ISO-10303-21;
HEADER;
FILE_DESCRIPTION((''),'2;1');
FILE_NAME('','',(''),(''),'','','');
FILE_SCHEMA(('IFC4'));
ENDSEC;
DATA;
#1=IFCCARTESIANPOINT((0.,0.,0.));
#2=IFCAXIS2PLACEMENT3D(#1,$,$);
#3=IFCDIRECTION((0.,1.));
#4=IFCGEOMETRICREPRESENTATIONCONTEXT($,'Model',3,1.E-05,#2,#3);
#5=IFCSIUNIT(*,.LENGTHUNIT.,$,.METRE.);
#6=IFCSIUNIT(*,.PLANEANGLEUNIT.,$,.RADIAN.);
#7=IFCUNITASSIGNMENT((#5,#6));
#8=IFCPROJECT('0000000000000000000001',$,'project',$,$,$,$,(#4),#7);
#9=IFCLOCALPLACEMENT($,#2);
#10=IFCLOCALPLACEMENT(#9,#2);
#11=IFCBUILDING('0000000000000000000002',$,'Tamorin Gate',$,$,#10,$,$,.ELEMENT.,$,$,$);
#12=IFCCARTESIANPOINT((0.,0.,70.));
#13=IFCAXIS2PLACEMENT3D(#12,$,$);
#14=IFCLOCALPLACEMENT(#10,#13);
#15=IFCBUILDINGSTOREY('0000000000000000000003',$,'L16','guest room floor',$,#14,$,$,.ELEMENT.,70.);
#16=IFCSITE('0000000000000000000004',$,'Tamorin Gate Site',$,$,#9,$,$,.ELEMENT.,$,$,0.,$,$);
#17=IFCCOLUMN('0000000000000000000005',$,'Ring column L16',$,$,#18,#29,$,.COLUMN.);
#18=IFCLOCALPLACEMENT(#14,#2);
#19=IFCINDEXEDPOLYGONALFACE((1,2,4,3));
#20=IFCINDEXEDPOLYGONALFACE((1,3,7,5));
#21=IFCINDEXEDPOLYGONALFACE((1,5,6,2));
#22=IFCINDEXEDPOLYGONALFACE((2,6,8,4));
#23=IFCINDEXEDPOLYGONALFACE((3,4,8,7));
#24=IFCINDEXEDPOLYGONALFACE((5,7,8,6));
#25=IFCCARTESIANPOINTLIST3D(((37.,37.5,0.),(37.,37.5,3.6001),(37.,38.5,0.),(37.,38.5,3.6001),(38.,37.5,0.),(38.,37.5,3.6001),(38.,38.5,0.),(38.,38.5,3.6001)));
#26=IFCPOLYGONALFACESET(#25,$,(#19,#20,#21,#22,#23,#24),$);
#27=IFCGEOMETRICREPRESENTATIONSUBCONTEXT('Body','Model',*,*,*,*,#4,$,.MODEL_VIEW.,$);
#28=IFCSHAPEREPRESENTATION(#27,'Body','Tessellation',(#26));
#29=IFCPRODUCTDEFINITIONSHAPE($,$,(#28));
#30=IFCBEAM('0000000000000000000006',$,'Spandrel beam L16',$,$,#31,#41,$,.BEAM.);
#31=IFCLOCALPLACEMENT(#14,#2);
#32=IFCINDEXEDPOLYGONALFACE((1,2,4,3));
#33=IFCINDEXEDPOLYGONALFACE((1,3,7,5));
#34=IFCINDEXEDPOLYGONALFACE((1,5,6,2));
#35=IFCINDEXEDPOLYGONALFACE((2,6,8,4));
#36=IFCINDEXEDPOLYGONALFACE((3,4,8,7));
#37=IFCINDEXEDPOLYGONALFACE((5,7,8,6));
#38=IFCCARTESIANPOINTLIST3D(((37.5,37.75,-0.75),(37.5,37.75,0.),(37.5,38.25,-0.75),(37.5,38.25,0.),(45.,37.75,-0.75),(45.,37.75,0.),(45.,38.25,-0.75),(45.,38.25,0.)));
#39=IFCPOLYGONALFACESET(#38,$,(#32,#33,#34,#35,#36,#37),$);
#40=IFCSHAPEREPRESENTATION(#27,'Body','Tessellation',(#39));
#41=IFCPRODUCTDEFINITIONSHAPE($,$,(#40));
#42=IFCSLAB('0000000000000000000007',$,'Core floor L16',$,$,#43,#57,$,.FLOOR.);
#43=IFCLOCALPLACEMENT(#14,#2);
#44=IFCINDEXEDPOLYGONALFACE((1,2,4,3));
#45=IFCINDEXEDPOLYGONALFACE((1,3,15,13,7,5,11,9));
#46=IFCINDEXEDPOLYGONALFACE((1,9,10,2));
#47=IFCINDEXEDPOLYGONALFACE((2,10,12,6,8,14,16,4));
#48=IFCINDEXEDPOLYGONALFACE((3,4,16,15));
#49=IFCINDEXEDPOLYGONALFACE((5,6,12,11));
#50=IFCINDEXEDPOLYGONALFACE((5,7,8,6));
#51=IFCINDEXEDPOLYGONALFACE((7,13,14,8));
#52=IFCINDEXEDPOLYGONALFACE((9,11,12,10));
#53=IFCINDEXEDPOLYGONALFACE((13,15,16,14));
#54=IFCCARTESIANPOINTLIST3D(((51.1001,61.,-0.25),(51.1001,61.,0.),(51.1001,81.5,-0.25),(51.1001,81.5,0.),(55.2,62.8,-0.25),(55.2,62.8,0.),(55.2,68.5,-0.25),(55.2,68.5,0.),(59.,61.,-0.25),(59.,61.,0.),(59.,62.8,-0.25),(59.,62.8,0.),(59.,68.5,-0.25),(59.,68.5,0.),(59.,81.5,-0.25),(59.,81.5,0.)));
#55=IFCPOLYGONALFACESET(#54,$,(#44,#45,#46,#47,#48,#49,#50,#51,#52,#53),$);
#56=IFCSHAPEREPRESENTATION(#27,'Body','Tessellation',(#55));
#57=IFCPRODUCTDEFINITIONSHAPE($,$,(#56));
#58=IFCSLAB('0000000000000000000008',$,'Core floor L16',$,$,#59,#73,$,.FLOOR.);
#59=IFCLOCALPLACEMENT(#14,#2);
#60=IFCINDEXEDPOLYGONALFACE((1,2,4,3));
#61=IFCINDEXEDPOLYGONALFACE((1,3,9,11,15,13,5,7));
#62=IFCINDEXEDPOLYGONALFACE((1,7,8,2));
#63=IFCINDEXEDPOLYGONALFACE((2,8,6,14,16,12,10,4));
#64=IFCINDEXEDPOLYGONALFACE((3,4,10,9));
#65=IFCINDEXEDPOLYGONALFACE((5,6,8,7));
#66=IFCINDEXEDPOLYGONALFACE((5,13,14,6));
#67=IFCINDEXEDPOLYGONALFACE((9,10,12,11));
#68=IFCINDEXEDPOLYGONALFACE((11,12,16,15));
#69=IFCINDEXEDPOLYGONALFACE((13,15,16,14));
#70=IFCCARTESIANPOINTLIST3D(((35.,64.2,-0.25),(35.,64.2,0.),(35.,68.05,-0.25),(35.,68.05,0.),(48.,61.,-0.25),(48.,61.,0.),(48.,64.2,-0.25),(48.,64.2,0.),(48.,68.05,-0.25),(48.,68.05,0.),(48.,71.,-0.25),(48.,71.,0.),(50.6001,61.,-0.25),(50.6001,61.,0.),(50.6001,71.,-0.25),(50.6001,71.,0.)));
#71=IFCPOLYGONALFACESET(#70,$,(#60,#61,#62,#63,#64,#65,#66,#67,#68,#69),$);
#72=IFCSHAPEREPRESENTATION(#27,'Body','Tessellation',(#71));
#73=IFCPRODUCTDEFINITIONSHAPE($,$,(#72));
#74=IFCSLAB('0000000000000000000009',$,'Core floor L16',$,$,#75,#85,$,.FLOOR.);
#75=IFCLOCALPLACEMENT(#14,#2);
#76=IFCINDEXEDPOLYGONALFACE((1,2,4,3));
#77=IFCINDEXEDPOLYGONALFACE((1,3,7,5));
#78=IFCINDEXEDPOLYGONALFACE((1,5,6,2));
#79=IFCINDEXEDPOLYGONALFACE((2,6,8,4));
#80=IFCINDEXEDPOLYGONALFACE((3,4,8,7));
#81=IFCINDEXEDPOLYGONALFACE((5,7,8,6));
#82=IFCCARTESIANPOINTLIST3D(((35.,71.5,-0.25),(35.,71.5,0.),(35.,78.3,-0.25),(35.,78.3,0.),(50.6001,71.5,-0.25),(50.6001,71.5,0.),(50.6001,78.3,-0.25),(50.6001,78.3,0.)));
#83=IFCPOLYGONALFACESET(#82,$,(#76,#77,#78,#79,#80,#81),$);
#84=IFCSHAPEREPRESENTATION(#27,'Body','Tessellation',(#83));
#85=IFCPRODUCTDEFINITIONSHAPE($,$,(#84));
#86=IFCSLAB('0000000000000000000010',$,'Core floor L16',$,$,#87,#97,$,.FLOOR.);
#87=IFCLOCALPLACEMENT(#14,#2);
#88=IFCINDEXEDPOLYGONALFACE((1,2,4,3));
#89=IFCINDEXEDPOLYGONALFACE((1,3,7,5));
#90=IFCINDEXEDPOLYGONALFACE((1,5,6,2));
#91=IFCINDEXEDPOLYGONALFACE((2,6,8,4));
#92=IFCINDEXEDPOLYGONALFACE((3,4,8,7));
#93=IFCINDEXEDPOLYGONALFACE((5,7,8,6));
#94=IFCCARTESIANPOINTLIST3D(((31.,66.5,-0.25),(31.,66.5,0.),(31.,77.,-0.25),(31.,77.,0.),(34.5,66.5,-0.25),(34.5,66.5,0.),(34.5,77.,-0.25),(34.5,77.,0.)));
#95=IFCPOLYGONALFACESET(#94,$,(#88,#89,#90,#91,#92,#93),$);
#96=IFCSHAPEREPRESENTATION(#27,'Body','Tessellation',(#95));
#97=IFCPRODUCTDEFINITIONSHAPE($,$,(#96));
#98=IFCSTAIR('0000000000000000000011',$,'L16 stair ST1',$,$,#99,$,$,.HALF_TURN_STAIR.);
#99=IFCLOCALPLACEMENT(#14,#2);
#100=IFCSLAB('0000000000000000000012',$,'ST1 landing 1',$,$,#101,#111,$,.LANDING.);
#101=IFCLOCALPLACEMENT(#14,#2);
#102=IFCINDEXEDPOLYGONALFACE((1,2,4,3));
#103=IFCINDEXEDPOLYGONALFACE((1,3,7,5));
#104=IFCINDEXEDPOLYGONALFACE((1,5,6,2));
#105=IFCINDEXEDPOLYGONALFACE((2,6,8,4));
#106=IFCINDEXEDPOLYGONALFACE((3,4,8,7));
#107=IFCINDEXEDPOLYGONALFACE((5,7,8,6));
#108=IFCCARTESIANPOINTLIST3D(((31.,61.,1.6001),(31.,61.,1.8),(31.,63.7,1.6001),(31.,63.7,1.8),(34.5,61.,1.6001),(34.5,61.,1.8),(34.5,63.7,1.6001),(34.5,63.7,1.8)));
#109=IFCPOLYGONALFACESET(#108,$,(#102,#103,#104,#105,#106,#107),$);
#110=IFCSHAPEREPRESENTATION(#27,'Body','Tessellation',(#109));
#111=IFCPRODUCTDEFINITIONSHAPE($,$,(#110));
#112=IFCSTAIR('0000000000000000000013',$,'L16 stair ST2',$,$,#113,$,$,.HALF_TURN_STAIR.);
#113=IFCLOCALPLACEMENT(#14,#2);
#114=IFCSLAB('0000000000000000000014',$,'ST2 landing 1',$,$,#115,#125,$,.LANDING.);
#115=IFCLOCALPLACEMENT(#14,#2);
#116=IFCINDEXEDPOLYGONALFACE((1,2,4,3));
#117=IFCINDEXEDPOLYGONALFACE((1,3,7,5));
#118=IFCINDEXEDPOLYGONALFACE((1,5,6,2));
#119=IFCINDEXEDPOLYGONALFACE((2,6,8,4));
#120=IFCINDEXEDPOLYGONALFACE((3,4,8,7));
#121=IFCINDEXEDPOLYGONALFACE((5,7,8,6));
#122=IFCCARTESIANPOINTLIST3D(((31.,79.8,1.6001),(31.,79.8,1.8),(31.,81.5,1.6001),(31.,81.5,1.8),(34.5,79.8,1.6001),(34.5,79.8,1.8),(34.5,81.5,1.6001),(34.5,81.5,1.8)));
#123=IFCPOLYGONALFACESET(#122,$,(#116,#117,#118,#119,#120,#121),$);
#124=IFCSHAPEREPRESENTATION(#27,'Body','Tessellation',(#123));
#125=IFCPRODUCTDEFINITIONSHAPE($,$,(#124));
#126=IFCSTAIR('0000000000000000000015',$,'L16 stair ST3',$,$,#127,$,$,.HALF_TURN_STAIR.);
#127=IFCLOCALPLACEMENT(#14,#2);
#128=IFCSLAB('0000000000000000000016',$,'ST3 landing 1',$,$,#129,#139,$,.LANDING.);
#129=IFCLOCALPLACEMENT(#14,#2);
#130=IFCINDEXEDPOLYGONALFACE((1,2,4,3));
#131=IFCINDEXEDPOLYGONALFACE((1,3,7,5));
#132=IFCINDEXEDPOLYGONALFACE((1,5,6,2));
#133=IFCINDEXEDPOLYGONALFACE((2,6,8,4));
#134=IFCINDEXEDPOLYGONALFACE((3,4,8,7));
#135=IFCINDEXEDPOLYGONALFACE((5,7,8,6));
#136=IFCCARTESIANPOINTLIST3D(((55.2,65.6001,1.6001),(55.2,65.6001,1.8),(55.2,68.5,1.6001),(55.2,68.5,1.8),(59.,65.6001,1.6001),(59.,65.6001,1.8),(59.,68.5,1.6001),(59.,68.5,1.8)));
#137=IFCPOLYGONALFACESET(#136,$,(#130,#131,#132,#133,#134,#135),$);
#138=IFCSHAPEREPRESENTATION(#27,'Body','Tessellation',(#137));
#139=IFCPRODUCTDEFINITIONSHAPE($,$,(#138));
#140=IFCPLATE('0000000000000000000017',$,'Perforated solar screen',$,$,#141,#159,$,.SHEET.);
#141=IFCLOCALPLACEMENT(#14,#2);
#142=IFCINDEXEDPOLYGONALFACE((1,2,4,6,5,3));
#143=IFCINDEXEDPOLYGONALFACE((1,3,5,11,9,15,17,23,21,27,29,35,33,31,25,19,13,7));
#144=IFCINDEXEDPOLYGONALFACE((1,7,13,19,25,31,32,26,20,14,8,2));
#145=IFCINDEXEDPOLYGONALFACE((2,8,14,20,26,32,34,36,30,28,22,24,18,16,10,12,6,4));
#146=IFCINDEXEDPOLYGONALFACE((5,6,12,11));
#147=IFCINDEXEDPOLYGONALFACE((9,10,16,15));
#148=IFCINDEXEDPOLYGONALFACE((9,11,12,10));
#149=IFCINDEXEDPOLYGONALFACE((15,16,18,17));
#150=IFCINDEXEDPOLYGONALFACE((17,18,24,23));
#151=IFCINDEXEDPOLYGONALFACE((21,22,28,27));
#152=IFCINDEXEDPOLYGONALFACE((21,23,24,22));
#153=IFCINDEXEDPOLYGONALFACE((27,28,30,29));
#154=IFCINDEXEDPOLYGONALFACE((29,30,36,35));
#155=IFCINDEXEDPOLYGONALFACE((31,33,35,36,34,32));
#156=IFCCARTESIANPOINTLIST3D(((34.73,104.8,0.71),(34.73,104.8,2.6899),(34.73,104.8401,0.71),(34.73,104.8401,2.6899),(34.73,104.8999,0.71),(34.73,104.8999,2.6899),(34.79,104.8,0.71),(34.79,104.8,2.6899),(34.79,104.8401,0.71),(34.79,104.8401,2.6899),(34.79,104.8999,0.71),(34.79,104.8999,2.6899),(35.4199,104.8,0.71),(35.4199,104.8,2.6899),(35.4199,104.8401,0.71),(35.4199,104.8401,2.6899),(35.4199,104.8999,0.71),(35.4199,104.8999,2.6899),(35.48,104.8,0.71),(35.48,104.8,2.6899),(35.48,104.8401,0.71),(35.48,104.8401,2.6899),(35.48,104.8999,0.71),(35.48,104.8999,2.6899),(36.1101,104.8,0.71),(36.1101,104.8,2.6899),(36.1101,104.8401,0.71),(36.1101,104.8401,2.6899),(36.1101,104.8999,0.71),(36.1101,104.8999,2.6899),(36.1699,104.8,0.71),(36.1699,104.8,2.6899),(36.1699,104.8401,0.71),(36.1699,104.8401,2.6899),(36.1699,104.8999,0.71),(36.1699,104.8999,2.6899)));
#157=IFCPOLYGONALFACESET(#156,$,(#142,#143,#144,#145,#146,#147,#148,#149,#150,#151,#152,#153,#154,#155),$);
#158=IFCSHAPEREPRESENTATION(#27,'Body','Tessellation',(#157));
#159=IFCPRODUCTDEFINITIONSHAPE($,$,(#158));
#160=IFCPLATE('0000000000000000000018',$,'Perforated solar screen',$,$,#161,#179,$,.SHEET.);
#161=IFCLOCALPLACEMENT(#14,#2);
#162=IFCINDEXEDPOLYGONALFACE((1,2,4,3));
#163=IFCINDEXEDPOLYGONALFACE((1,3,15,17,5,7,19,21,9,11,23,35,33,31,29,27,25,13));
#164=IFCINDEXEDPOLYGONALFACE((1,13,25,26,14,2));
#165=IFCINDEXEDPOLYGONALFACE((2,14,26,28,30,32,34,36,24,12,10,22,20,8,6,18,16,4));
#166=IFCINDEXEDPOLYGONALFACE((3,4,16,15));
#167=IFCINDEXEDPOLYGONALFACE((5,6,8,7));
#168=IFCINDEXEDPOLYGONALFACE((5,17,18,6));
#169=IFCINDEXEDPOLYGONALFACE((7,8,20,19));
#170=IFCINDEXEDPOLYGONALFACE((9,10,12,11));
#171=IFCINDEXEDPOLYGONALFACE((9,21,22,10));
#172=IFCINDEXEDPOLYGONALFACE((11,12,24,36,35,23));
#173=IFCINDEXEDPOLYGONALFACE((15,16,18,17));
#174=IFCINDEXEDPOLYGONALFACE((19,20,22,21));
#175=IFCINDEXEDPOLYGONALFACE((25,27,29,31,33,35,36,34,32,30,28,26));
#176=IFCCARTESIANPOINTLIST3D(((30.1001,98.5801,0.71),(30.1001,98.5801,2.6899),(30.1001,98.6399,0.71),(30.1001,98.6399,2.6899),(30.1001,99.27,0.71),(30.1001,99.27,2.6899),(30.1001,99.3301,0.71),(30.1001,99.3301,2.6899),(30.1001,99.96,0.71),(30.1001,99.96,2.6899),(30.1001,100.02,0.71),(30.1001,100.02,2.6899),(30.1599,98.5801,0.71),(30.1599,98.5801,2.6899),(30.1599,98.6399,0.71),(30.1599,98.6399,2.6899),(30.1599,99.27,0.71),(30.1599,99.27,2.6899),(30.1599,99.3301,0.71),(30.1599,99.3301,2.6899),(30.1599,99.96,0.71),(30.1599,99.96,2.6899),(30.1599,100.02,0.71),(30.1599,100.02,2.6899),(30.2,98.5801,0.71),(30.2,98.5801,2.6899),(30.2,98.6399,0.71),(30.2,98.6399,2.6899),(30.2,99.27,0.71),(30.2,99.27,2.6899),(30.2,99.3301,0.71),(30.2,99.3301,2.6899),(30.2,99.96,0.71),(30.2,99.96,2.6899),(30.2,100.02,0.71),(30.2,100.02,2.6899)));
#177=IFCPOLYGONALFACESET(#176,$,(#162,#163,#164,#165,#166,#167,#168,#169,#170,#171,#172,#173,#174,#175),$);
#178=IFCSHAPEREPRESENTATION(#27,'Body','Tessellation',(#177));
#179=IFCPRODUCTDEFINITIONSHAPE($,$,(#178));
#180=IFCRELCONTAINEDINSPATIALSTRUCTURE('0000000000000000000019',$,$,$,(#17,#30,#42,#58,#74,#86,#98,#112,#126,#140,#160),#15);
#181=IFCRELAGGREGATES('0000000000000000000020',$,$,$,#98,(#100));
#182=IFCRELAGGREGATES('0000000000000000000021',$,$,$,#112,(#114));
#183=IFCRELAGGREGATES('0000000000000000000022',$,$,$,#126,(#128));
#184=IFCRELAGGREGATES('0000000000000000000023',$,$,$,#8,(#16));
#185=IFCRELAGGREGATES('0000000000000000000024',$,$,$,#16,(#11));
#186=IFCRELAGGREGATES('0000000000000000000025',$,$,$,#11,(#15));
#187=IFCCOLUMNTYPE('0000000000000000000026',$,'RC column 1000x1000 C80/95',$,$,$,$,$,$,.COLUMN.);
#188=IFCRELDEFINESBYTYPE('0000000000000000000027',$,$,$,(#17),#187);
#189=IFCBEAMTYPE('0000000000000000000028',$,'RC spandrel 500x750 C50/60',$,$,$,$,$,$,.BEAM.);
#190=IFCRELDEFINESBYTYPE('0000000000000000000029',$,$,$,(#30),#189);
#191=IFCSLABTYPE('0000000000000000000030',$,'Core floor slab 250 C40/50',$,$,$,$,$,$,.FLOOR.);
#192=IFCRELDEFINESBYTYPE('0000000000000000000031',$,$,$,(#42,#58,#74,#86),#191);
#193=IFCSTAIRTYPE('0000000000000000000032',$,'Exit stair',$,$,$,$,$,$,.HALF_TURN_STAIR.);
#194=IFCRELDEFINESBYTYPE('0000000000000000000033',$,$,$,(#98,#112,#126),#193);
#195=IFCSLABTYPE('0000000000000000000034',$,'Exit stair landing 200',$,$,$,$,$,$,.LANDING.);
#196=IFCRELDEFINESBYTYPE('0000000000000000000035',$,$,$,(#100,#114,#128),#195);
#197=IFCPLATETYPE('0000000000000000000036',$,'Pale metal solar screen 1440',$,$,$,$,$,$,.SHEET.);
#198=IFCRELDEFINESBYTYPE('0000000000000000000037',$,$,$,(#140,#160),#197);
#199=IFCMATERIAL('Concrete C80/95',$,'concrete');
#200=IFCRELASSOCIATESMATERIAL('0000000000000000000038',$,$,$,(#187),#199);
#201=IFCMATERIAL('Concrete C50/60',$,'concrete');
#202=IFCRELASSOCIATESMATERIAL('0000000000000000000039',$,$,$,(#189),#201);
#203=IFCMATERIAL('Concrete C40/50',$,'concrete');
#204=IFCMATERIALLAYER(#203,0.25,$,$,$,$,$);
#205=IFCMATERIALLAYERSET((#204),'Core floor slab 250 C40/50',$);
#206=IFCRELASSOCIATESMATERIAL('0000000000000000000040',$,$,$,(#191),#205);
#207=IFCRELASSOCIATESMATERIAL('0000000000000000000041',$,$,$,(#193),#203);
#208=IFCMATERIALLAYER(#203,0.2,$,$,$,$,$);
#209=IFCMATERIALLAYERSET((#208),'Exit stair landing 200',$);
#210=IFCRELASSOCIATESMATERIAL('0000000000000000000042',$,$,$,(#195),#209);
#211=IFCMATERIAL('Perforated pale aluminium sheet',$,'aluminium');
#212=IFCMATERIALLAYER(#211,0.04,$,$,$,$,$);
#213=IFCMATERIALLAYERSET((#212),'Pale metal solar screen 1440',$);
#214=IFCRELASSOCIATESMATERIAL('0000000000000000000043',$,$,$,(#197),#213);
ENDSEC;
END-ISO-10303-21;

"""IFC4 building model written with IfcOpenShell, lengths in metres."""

from ifc_helpers import new_model, si_unit, direction, frame, origin, origin_2d, place, context, subcontext, project, spatial, polyline, rectangle, outline, extrude, material, layer, layer_set, material_profile, profile_set, type_object, element, aggregate, save


model = new_model("IFC4")

# Units and contexts
model_context = context("Model", 3, precision=1e-05, world=origin(), true_north=direction((0.0, 1.0)))
body_context = subcontext(model_context, "Body", "Model", "MODEL_VIEW")
ifc_project = project(units=[si_unit("LENGTHUNIT", "METRE"), si_unit("PLANEANGLEUNIT", "RADIAN")], contexts=[model_context])

# Site, building, storey
site_placement = place(None, origin())
site = spatial("IfcSite", under=ifc_project, at=site_placement, Name="Tamorin Gate Site", CompositionType="ELEMENT", RefElevation=0.0)
building_placement = place(site_placement, origin())
building = spatial("IfcBuilding", under=site, at=building_placement, Name="Tamorin Gate", CompositionType="ELEMENT")
storey_placement = place(building_placement, frame((0.0, 0.0, 70.0)))
storey = spatial("IfcBuildingStorey", under=building, at=storey_placement, Name="L16", Description="guest room floor", CompositionType="ELEMENT", Elevation=70.0)

# Column
ifc_material_1 = material(Name="Concrete C80/95", Category="concrete")
ifc_material_profile_1 = material_profile(ifc_material_1, rectangle(XDim=1.0, YDim=1.0, at=origin_2d()), Name="RC 1000x1000")
ifc_profile_set_1 = profile_set([ifc_material_profile_1], Name="Concrete C80/95")
column_type = type_object("IfcColumnType", Name="RC column 1000x1000 C80/95", PredefinedType="COLUMN", material=ifc_profile_set_1)
column_placement = place(storey_placement, frame((37.5, 38.0, 0.0), z_axis=(0.0, 0.0, 1.0), x_axis=(1.0, 0.0, 0.0)))
element("IfcColumn", 1, at=column_placement, inside=storey, type_object=column_type, Name="Ring column L16", PredefinedType="COLUMN", context=body_context, shape_type="SweptSolid", body=[
    extrude(rectangle(XDim=1.0, YDim=1.0, at=origin_2d()), origin(), (0.0, 0.0, 1.0), 3.6001),
])

# Beam
ifc_material_2 = material(Name="Concrete C50/60", Category="concrete")
ifc_material_profile_2 = material_profile(ifc_material_2, rectangle(XDim=0.5, YDim=0.75, at=origin_2d()), Name="RC 500x750")
ifc_profile_set_2 = profile_set([ifc_material_profile_2], Name="Concrete C50/60")
beam_type = type_object("IfcBeamType", Name="RC spandrel 500x750 C50/60", PredefinedType="BEAM", material=ifc_profile_set_2)
beam_placement = place(storey_placement, frame((37.5, 38.0, -0.375), z_axis=(1.0, 0.0, 0.0), x_axis=(0.0, 1.0, 0.0)))
element("IfcBeam", 2, at=beam_placement, inside=storey, type_object=beam_type, Name="Spandrel beam L16", PredefinedType="BEAM", context=body_context, shape_type="SweptSolid", body=[
    extrude(rectangle(XDim=0.5, YDim=0.75, at=origin_2d()), origin(), (0.0, 0.0, 1.0), 7.5),
])

# Slabs
ifc_material_3 = material(Name="Concrete C40/50", Category="concrete")
ifc_layer_1 = layer(ifc_material_3, 0.25)
ifc_layer_set_1 = layer_set([ifc_layer_1], Name="Core floor slab 250 C40/50")
slab_type_1 = type_object("IfcSlabType", Name="Core floor slab 250 C40/50", PredefinedType="FLOOR", material=ifc_layer_set_1)
slab_1_placement = place(storey_placement, frame((0.0, 0.0, -0.25)))
element("IfcSlab", 3, at=slab_1_placement, inside=storey, type_object=slab_type_1, Name="Core floor L16", PredefinedType="FLOOR", context=body_context, shape_type="SweptSolid", body=[
    extrude(outline(polyline([(59.0, 62.8), (59.0, 61.0), (51.1001, 61.0), (51.1001, 81.5), (59.0, 81.5), (59.0, 68.5), (55.2, 68.5), (55.2, 62.8), (59.0, 62.8)])), origin(), (0.0, 0.0, 1.0), 0.25),
])
slab_2_placement = place(storey_placement, frame((0.0, 0.0, -0.25)))
element("IfcSlab", 4, at=slab_2_placement, inside=storey, type_object=slab_type_1, Name="Core floor L16", PredefinedType="FLOOR", context=body_context, shape_type="SweptSolid", body=[
    extrude(outline(polyline([(50.6001, 61.0), (48.0, 61.0), (48.0, 64.2), (35.0, 64.2), (35.0, 68.05), (48.0, 68.05), (48.0, 71.0), (50.6001, 71.0), (50.6001, 61.0)])), origin(), (0.0, 0.0, 1.0), 0.25),
])
slab_3_placement = place(storey_placement, frame((0.0, 0.0, -0.25)))
element("IfcSlab", 5, at=slab_3_placement, inside=storey, type_object=slab_type_1, Name="Core floor L16", PredefinedType="FLOOR", context=body_context, shape_type="SweptSolid", body=[
    extrude(outline(polyline([(50.6001, 71.5), (35.0, 71.5), (35.0, 78.3), (50.6001, 78.3), (50.6001, 71.5)])), origin(), (0.0, 0.0, 1.0), 0.25),
])
slab_4_placement = place(storey_placement, frame((0.0, 0.0, -0.25)))
element("IfcSlab", 6, at=slab_4_placement, inside=storey, type_object=slab_type_1, Name="Core floor L16", PredefinedType="FLOOR", context=body_context, shape_type="SweptSolid", body=[
    extrude(outline(polyline([(31.0, 66.5), (31.0, 77.0), (34.5, 77.0), (34.5, 66.5), (31.0, 66.5)])), origin(), (0.0, 0.0, 1.0), 0.25),
])

# Stairs, slabs
stair_type = type_object("IfcStairType", Name="Exit stair", PredefinedType="HALF_TURN_STAIR", material=ifc_material_3)
stair_1_placement = place(storey_placement, origin())
stair_1 = element("IfcStair", 7, at=stair_1_placement, inside=storey, type_object=stair_type, Name="L16 stair ST1", PredefinedType="HALF_TURN_STAIR")
ifc_layer_2 = layer(ifc_material_3, 0.2)
ifc_layer_set_2 = layer_set([ifc_layer_2], Name="Exit stair landing 200")
slab_type_2 = type_object("IfcSlabType", Name="Exit stair landing 200", PredefinedType="LANDING", material=ifc_layer_set_2)
slab_5_placement = place(storey_placement, frame((0.0, 0.0, 1.6001)))
slab_5 = element("IfcSlab", 8, at=slab_5_placement, type_object=slab_type_2, Name="ST1 landing 1", PredefinedType="LANDING", context=body_context, shape_type="SweptSolid", body=[
    extrude(outline(polyline([(31.0, 63.7), (31.0, 61.0), (34.5, 61.0), (34.5, 63.7), (31.0, 63.7)])), origin(), (0.0, 0.0, 1.0), 0.2),
])
aggregate(stair_1, [slab_5])
stair_2_placement = place(storey_placement, origin())
stair_2 = element("IfcStair", 9, at=stair_2_placement, inside=storey, type_object=stair_type, Name="L16 stair ST2", PredefinedType="HALF_TURN_STAIR")
slab_6_placement = place(storey_placement, frame((0.0, 0.0, 1.6001)))
slab_6 = element("IfcSlab", 10, at=slab_6_placement, type_object=slab_type_2, Name="ST2 landing 1", PredefinedType="LANDING", context=body_context, shape_type="SweptSolid", body=[
    extrude(outline(polyline([(34.5, 79.8), (34.5, 81.5), (31.0, 81.5), (31.0, 79.8), (34.5, 79.8)])), origin(), (0.0, 0.0, 1.0), 0.2),
])
aggregate(stair_2, [slab_6])
stair_3_placement = place(storey_placement, origin())
stair_3 = element("IfcStair", 11, at=stair_3_placement, inside=storey, type_object=stair_type, Name="L16 stair ST3", PredefinedType="HALF_TURN_STAIR")
slab_7_placement = place(storey_placement, frame((0.0, 0.0, 1.6001)))
slab_7 = element("IfcSlab", 12, at=slab_7_placement, type_object=slab_type_2, Name="ST3 landing 1", PredefinedType="LANDING", context=body_context, shape_type="SweptSolid", body=[
    extrude(outline(polyline([(59.0, 65.6001), (59.0, 68.5), (55.2, 68.5), (55.2, 65.6001), (59.0, 65.6001)])), origin(), (0.0, 0.0, 1.0), 0.2),
])
aggregate(stair_3, [slab_7])

# Plates
ifc_material_4 = material(Name="Perforated pale aluminium sheet", Category="aluminium")
ifc_layer_3 = layer(ifc_material_4, 0.04)
ifc_layer_set_3 = layer_set([ifc_layer_3], Name="Pale metal solar screen 1440")
plate_type = type_object("IfcPlateType", Name="Pale metal solar screen 1440", PredefinedType="SHEET", material=ifc_layer_set_3)
plate_1_placement = place(storey_placement, frame((0.0, 0.0, 0.71)))
element("IfcPlate", 13, at=plate_1_placement, inside=storey, type_object=plate_type, Name="Perforated solar screen", PredefinedType="SHEET", context=body_context, shape_type="SweptSolid", body=[
    extrude(outline(polyline([(36.1699, 104.8401), (36.1699, 104.8), (36.1101, 104.8), (35.48, 104.8), (35.4199, 104.8), (34.79, 104.8), (34.73, 104.8), (34.73, 104.8401), (34.73, 104.8999), (34.79, 104.8999), (34.79, 104.8401), (35.4199, 104.8401), (35.4199, 104.8999), (35.48, 104.8999), (35.48, 104.8401), (36.1101, 104.8401), (36.1101, 104.8999), (36.1699, 104.8999), (36.1699, 104.8401)])), origin(), (0.0, 0.0, 1.0), 1.98),
])
plate_2_placement = place(storey_placement, frame((0.0, 0.0, 0.71)))
element("IfcPlate", 14, at=plate_2_placement, inside=storey, type_object=plate_type, Name="Perforated solar screen", PredefinedType="SHEET", context=body_context, shape_type="SweptSolid", body=[
    extrude(outline(polyline([(30.1599, 100.02), (30.2, 100.02), (30.2, 99.96), (30.2, 99.3301), (30.2, 99.27), (30.2, 98.6399), (30.2, 98.5801), (30.1599, 98.5801), (30.1001, 98.5801), (30.1001, 98.6399), (30.1599, 98.6399), (30.1599, 99.27), (30.1001, 99.27), (30.1001, 99.3301), (30.1599, 99.3301), (30.1599, 99.96), (30.1001, 99.96), (30.1001, 100.02), (30.1599, 100.02)])), origin(), (0.0, 0.0, 1.0), 1.98),
])

save(model, "model.ifc")
